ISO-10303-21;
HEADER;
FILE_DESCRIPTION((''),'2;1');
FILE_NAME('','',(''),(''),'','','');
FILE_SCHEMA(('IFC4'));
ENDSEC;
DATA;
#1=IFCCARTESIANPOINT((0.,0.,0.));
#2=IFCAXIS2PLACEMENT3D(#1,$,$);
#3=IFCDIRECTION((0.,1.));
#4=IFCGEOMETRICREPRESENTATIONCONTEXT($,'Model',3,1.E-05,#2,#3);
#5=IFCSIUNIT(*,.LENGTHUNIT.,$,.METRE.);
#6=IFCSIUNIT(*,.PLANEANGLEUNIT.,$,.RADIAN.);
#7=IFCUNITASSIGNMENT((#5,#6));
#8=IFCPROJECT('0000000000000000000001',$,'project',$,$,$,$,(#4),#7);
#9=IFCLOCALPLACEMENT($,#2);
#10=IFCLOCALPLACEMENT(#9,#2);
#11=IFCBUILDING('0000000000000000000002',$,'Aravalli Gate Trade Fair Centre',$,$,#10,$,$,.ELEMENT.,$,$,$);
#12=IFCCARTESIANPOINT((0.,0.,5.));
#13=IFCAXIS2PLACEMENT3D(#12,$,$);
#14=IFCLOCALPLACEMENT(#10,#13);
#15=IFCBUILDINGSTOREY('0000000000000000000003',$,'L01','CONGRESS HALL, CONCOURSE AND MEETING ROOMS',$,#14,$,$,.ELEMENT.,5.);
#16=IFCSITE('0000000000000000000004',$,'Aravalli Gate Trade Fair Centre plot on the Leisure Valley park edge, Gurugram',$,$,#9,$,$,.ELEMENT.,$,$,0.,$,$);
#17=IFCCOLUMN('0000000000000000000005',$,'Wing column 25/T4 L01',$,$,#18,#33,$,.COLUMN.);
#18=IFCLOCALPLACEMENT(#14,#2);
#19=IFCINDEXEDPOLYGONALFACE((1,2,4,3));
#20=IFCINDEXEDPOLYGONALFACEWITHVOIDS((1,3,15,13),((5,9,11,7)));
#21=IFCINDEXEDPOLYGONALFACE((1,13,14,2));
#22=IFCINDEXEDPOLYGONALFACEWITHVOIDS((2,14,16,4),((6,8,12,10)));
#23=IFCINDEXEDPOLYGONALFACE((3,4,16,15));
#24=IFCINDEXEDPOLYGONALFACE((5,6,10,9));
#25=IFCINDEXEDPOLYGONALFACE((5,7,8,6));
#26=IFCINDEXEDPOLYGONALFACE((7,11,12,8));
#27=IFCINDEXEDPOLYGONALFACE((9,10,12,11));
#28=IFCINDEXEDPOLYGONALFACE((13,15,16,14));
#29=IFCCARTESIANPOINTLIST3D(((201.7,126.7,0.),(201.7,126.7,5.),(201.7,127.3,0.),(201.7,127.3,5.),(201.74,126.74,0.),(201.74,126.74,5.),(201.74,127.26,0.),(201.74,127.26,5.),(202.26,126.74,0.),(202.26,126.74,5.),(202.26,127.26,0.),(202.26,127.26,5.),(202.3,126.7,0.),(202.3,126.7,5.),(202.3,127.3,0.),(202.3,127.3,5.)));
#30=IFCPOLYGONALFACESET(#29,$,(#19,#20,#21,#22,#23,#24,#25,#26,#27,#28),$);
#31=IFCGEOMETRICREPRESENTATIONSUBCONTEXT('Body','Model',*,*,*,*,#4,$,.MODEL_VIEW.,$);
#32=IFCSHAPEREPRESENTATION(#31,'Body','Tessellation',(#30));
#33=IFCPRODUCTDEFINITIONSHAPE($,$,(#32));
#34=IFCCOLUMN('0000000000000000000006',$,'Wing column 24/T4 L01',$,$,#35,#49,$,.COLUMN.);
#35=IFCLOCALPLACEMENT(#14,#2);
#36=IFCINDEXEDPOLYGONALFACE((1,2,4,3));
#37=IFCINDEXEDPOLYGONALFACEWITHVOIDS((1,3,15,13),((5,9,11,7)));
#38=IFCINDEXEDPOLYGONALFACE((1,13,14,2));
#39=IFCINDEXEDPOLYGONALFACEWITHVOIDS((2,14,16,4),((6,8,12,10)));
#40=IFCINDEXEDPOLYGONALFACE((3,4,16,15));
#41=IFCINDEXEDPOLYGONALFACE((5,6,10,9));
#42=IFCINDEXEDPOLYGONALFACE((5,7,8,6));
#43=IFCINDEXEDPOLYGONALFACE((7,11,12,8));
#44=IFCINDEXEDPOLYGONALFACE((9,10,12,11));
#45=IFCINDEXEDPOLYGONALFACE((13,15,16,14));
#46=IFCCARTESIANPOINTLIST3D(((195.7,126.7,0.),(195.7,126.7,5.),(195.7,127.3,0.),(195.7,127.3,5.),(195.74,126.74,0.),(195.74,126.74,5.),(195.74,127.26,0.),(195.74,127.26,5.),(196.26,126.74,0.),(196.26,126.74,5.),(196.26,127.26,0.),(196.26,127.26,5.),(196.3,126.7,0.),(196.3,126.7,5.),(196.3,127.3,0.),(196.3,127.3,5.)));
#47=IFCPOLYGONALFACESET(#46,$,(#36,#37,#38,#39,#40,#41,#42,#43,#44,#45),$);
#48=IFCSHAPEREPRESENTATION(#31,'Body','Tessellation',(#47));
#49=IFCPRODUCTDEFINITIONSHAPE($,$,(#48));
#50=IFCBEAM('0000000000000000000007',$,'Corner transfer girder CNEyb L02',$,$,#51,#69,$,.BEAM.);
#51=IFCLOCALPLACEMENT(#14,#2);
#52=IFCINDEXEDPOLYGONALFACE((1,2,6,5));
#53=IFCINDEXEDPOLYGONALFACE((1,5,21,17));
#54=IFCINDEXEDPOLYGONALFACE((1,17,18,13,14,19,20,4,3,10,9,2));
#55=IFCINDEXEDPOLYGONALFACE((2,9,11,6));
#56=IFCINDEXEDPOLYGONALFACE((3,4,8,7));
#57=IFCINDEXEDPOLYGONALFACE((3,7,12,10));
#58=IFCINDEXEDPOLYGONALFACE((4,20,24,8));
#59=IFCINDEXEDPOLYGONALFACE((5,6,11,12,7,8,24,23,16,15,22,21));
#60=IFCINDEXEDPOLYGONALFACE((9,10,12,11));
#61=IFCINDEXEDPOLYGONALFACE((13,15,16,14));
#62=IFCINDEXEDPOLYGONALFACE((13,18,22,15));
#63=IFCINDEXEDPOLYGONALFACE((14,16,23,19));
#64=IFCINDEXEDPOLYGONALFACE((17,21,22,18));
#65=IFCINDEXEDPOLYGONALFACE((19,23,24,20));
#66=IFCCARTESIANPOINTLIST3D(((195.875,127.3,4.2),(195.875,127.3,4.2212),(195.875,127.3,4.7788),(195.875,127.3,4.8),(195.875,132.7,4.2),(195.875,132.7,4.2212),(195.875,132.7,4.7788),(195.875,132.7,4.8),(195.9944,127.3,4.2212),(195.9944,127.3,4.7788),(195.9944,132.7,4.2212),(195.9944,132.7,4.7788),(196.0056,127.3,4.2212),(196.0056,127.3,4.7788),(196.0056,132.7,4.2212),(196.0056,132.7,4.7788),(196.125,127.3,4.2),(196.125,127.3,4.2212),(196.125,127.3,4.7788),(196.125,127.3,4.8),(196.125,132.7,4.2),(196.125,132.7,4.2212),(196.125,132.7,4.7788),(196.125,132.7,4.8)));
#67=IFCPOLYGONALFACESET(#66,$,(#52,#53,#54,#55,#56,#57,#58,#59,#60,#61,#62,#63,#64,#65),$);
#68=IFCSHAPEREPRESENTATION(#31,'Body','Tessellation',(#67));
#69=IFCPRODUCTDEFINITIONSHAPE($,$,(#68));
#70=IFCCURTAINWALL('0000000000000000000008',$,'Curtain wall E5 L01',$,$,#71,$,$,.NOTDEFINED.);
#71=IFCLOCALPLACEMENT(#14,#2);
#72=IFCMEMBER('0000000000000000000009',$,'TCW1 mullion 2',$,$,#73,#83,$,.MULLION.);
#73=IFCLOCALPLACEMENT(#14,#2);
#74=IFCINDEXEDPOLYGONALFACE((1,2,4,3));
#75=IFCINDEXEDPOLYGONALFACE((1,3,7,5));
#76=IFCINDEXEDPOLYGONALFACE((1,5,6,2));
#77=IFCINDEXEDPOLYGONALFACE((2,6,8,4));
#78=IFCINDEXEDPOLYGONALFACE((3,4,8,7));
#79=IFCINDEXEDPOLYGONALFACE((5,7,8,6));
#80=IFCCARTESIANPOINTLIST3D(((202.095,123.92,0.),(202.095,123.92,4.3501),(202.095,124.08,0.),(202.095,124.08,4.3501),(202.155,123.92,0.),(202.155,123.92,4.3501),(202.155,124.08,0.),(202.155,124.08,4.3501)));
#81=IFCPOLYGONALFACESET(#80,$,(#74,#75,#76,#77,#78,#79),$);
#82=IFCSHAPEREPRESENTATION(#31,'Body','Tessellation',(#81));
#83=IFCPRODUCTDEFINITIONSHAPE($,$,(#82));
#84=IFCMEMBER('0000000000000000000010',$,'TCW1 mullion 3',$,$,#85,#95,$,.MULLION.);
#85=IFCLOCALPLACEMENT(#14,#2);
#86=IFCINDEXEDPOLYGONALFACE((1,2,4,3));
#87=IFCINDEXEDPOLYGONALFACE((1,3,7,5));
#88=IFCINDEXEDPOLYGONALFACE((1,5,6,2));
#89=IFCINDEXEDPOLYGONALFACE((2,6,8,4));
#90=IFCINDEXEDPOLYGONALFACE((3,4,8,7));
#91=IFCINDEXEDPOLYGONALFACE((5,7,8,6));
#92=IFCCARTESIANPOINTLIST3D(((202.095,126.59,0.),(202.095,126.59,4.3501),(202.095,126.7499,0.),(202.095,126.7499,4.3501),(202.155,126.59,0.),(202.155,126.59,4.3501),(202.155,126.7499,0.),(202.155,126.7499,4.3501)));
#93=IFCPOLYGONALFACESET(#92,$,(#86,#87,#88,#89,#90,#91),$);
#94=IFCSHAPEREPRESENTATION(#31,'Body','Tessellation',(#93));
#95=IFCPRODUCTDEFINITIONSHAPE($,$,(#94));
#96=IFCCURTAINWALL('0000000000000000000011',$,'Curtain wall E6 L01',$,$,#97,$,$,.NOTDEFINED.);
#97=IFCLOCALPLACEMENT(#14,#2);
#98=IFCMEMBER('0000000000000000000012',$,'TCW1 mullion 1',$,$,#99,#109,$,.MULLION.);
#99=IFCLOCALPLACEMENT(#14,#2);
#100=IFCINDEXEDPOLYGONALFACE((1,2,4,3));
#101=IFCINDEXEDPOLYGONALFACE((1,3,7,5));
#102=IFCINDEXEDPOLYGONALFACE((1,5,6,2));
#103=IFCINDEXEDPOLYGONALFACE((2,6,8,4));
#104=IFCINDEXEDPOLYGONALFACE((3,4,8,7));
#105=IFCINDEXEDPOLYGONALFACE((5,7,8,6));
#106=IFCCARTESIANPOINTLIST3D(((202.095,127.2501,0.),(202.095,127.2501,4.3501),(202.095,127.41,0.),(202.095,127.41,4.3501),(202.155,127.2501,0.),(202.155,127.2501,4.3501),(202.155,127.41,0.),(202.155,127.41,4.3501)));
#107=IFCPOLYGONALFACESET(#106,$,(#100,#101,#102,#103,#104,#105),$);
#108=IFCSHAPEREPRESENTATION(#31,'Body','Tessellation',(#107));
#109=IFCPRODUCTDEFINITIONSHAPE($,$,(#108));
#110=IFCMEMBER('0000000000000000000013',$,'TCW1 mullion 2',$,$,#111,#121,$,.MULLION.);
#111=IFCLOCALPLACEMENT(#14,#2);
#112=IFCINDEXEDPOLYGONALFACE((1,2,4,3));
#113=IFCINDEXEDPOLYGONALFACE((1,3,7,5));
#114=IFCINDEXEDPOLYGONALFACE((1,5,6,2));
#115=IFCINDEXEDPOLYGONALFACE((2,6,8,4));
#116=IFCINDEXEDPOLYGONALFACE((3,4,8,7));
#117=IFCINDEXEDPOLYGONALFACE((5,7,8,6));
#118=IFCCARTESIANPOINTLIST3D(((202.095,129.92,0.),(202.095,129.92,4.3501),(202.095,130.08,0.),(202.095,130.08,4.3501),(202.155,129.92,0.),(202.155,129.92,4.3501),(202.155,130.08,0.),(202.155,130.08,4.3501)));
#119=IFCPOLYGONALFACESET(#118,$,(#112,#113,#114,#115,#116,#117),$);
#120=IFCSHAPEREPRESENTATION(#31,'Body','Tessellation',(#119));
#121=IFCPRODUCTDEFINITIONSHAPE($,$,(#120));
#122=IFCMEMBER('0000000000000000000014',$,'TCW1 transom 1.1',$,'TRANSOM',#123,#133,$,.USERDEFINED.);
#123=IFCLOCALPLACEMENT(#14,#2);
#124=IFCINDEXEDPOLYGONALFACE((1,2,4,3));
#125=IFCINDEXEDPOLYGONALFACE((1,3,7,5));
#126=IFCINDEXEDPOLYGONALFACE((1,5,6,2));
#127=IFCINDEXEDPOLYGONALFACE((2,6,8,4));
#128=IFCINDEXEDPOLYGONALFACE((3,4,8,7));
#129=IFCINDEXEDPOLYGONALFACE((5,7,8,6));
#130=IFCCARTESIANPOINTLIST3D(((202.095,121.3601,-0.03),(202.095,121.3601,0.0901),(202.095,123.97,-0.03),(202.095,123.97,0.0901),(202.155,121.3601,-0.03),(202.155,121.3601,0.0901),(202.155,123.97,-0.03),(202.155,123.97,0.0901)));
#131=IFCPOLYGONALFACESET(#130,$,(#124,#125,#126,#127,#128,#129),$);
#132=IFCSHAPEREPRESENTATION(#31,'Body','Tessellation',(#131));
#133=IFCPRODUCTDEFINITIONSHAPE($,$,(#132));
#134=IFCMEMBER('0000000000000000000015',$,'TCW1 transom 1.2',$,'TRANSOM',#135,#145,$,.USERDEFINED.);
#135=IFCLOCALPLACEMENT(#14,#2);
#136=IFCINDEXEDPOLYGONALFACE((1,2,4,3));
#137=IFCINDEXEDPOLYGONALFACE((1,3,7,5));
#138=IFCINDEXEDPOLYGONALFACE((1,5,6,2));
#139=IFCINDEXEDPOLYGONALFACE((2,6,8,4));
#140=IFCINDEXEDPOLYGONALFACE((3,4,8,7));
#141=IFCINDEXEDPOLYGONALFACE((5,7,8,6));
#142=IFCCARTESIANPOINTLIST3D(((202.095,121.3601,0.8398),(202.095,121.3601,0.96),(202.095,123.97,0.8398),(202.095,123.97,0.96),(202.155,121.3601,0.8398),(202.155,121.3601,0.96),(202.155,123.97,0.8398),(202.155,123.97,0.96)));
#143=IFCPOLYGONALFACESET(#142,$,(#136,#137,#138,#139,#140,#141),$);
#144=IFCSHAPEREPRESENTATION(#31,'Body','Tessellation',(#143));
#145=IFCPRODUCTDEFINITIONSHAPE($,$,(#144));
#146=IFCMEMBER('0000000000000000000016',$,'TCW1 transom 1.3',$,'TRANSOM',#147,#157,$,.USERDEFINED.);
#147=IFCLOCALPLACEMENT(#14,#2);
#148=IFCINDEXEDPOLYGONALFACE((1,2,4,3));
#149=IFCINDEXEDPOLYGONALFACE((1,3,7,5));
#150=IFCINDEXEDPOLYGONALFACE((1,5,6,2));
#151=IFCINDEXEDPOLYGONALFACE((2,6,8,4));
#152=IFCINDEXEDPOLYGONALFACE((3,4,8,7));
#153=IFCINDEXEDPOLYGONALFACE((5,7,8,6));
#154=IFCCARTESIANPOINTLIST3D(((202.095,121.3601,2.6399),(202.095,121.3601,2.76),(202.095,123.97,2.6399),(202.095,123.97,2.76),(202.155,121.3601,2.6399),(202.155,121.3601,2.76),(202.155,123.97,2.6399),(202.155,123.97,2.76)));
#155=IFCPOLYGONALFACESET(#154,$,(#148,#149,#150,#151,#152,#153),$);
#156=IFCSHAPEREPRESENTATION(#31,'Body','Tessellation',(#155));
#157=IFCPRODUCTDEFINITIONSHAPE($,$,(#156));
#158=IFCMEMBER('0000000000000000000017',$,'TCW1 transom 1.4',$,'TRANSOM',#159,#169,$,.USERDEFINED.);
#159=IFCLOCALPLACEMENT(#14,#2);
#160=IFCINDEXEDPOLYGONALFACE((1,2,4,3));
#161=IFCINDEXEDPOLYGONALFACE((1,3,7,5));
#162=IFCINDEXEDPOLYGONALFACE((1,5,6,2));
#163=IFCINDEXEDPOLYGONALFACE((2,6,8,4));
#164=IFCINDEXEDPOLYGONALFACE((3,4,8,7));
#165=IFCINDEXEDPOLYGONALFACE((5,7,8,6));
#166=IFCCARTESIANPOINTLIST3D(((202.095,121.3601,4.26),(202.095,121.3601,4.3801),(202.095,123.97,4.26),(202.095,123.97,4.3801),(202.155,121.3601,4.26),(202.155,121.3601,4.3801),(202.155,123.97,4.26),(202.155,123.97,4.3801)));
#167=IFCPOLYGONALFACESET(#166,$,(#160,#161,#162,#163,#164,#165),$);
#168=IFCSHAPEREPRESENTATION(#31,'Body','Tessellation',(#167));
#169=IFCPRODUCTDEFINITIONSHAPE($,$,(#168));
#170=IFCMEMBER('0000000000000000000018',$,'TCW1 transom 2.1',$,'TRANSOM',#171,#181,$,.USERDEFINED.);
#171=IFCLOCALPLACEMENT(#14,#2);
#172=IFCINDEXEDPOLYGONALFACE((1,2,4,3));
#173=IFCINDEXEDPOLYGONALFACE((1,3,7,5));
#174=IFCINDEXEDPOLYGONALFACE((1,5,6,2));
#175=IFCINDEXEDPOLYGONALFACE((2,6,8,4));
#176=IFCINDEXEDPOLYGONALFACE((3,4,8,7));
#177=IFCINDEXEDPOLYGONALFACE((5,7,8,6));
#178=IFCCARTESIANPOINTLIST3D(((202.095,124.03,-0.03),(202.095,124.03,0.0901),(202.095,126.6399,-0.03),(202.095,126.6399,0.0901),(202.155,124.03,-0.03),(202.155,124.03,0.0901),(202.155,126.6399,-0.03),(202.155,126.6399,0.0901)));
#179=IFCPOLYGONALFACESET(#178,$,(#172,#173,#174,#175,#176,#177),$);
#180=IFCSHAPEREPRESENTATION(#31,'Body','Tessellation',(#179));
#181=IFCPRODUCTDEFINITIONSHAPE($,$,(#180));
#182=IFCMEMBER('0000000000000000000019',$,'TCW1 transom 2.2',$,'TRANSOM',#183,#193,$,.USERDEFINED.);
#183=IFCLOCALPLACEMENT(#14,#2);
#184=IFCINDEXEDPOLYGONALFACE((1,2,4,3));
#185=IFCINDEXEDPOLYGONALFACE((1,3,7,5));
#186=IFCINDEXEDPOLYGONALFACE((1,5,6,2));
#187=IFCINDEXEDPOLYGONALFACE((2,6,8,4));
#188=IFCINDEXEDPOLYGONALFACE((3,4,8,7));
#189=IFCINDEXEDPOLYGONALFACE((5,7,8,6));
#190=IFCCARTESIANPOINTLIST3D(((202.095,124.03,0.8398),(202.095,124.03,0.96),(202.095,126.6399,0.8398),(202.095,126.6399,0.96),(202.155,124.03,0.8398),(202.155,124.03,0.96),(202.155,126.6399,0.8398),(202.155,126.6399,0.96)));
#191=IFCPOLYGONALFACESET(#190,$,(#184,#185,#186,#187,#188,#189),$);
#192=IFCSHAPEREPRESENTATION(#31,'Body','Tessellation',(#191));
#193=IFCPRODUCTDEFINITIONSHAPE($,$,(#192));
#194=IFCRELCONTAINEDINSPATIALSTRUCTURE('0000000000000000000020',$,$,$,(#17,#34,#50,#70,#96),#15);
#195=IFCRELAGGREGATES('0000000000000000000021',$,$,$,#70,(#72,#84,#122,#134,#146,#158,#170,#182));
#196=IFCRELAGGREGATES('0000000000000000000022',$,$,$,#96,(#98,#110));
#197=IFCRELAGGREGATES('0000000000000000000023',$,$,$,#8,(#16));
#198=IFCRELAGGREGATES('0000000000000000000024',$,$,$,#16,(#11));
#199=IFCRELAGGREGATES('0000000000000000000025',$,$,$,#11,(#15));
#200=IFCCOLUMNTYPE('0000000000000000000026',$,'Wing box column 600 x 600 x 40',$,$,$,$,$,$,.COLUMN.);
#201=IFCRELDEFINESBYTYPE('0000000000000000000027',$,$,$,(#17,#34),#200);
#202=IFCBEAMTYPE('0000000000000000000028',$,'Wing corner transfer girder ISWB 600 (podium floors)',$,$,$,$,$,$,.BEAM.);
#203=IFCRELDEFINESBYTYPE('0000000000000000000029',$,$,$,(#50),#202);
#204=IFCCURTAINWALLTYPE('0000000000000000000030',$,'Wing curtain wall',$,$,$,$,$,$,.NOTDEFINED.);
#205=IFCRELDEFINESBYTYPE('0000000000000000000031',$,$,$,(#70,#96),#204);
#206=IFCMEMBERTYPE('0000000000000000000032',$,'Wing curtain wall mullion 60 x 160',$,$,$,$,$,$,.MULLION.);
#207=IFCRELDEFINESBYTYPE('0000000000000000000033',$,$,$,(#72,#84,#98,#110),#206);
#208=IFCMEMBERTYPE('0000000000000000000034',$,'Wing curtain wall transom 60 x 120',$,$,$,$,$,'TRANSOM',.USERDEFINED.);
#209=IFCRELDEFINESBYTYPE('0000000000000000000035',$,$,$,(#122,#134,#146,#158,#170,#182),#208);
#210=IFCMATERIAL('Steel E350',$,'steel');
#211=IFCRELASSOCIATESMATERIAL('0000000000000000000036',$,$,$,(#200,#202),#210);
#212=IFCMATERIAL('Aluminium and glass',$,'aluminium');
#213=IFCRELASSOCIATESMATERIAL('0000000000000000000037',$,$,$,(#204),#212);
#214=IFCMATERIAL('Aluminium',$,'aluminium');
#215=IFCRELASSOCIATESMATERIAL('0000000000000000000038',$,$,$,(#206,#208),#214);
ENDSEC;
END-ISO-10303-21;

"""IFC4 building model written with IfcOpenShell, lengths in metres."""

from ifc_helpers import new_model, si_unit, direction, frame, origin, origin_2d, place, context, subcontext, project, spatial, rectangle, hollow_rectangle, i_section, extrude, material, material_profile, profile_set, type_object, element, aggregate, save


model = new_model("IFC4")

# Units and contexts
model_context = context("Model", 3, precision=1e-05, world=origin(), true_north=direction((0.0, 1.0)))
body_context = subcontext(model_context, "Body", "Model", "MODEL_VIEW")
ifc_project = project(units=[si_unit("LENGTHUNIT", "METRE"), si_unit("PLANEANGLEUNIT", "RADIAN")], contexts=[model_context])

# Site, building, storey
site_placement = place(None, origin())
site = spatial("IfcSite", under=ifc_project, at=site_placement, Name="Aravalli Gate Trade Fair Centre plot on the Leisure Valley park edge, Gurugram", CompositionType="ELEMENT", RefElevation=0.0)
building_placement = place(site_placement, origin())
building = spatial("IfcBuilding", under=site, at=building_placement, Name="Aravalli Gate Trade Fair Centre", CompositionType="ELEMENT")
storey_placement = place(building_placement, frame((0.0, 0.0, 5.0)))
storey = spatial("IfcBuildingStorey", under=building, at=storey_placement, Name="L01", Description="CONGRESS HALL, CONCOURSE AND MEETING ROOMS", CompositionType="ELEMENT", Elevation=5.0)

# Columns
ifc_material_1 = material(Name="Steel E350", Category="steel")
ifc_material_profile_1 = material_profile(ifc_material_1, hollow_rectangle(XDim=0.6001, YDim=0.6001, WallThickness=0.04, at=origin_2d()), Name="BOX 600x600x40")
ifc_profile_set_1 = profile_set([ifc_material_profile_1], Name="Steel E350")
column_type = type_object("IfcColumnType", Name="Wing box column 600 x 600 x 40", PredefinedType="COLUMN", material=ifc_profile_set_1)
for number, where, z_axis, x_axis, name in (
    (1, (202.0, 127.0, 0.0), (0.0, 0.0, 1.0), (1.0, 0.0, 0.0), "Wing column 25/T4 L01"),
    (2, (196.0, 127.0, 0.0), (0.0, 0.0, 1.0), (1.0, 0.0, 0.0), "Wing column 24/T4 L01"),
):
    element("IfcColumn", number, at=place(storey_placement, frame(where, z_axis=z_axis, x_axis=x_axis)), inside=storey, type_object=column_type, Name=name, PredefinedType="COLUMN", context=body_context, shape_type="SweptSolid", body=[
        extrude(hollow_rectangle(XDim=0.6001, YDim=0.6001, WallThickness=0.04, at=origin_2d()), origin(), (0.0, 0.0, 1.0), 5.0),
    ])

# Beam
ifc_material_profile_2 = material_profile(ifc_material_1, i_section(OverallWidth=0.25, OverallDepth=0.6001, WebThickness=0.0112, FlangeThickness=0.0212, at=origin_2d()), Name="ISWB 600")
ifc_profile_set_2 = profile_set([ifc_material_profile_2], Name="Steel E350")
beam_type_1 = type_object("IfcBeamType", Name="Wing corner transfer girder ISWB 600 (podium floors)", PredefinedType="BEAM", material=ifc_profile_set_2)
beam_placement = place(storey_placement, frame((196.0, 127.3, 4.5), z_axis=(0.0, 1.0, 0.0), x_axis=(-1.0, 0.0, 0.0)))
element("IfcBeam", 3, at=beam_placement, inside=storey, type_object=beam_type_1, Name="Corner transfer girder CNEyb L02", PredefinedType="BEAM", context=body_context, shape_type="SweptSolid", body=[
    extrude(i_section(OverallWidth=0.25, OverallDepth=0.6001, WebThickness=0.0112, FlangeThickness=0.0212, at=origin_2d()), origin(), (0.0, 0.0, 1.0), 5.3999),
])

# Curtain walls, members
ifc_material_2 = material(Name="Aluminium and glass", Category="aluminium")
curtain_wall_type = type_object("IfcCurtainWallType", Name="Wing curtain wall", PredefinedType="NOTDEFINED", material=ifc_material_2)
curtain_wall_1_placement = place(storey_placement, origin())
curtain_wall_1 = element("IfcCurtainWall", 4, at=curtain_wall_1_placement, inside=storey, type_object=curtain_wall_type, Name="Curtain wall E5 L01", PredefinedType="NOTDEFINED")
ifc_material_3 = material(Name="Aluminium", Category="aluminium")
ifc_material_profile_3 = material_profile(ifc_material_3, rectangle(XDim=0.0601, YDim=0.1599, at=origin_2d()), Name="Wing curtain wall mullion 60 x 160")
ifc_profile_set_3 = profile_set([ifc_material_profile_3], Name="Aluminium")
member_type_1 = type_object("IfcMemberType", Name="Wing curtain wall mullion 60 x 160", PredefinedType="MULLION", material=ifc_profile_set_3)
member_1_placement = place(storey_placement, frame((202.125, 124.0, 0.0), z_axis=(0.0, 0.0, 1.0), x_axis=(-1.0, 0.0, 0.0)))
member_1 = element("IfcMember", 5, at=member_1_placement, type_object=member_type_1, Name="TCW1 mullion 2", PredefinedType="MULLION", context=body_context, shape_type="SweptSolid", body=[
    extrude(rectangle(XDim=0.0601, YDim=0.1599, at=origin_2d()), origin(), (0.0, 0.0, 1.0), 4.3501),
])
member_2_placement = place(storey_placement, frame((202.125, 126.6699, 0.0), z_axis=(0.0, 0.0, 1.0), x_axis=(-1.0, 0.0, 0.0)))
member_2 = element("IfcMember", 6, at=member_2_placement, type_object=member_type_1, Name="TCW1 mullion 3", PredefinedType="MULLION", context=body_context, shape_type="SweptSolid", body=[
    extrude(rectangle(XDim=0.0601, YDim=0.1599, at=origin_2d()), origin(), (0.0, 0.0, 1.0), 4.3501),
])
curtain_wall_2_placement = place(storey_placement, origin())
curtain_wall_2 = element("IfcCurtainWall", 7, at=curtain_wall_2_placement, inside=storey, type_object=curtain_wall_type, Name="Curtain wall E6 L01", PredefinedType="NOTDEFINED")
member_3_placement = place(storey_placement, frame((202.125, 127.3301, 0.0), z_axis=(0.0, 0.0, 1.0), x_axis=(-1.0, 0.0, 0.0)))
member_3 = element("IfcMember", 8, at=member_3_placement, type_object=member_type_1, Name="TCW1 mullion 1", PredefinedType="MULLION", context=body_context, shape_type="SweptSolid", body=[
    extrude(rectangle(XDim=0.0601, YDim=0.1599, at=origin_2d()), origin(), (0.0, 0.0, 1.0), 4.3501),
])
member_4_placement = place(storey_placement, frame((202.125, 130.0, 0.0), z_axis=(0.0, 0.0, 1.0), x_axis=(-1.0, 0.0, 0.0)))
member_4 = element("IfcMember", 9, at=member_4_placement, type_object=member_type_1, Name="TCW1 mullion 2", PredefinedType="MULLION", context=body_context, shape_type="SweptSolid", body=[
    extrude(rectangle(XDim=0.0601, YDim=0.1599, at=origin_2d()), origin(), (0.0, 0.0, 1.0), 4.3501),
])

# Members
ifc_material_profile_4 = material_profile(ifc_material_3, rectangle(XDim=0.0601, YDim=0.1201, at=origin_2d()), Name="Wing curtain wall transom 60 x 120")
ifc_profile_set_4 = profile_set([ifc_material_profile_4], Name="Aluminium")
member_type_2 = type_object("IfcMemberType", Name="Wing curtain wall transom 60 x 120", ElementType="TRANSOM", PredefinedType="USERDEFINED", material=ifc_profile_set_4)
member_5_placement = place(storey_placement, frame((202.125, 121.3601, 0.03), z_axis=(0.0, 1.0, 0.0), x_axis=(-1.0, 0.0, 0.0)))
member_5 = element("IfcMember", 10, at=member_5_placement, type_object=member_type_2, Name="TCW1 transom 1.1", ObjectType="TRANSOM", PredefinedType="USERDEFINED", context=body_context, shape_type="SweptSolid", body=[
    extrude(rectangle(XDim=0.0601, YDim=0.1201, at=origin_2d()), origin(), (0.0, 0.0, 1.0), 2.6099),
])
member_6_placement = place(storey_placement, frame((202.125, 121.3601, 0.8999), z_axis=(0.0, 1.0, 0.0), x_axis=(-1.0, 0.0, 0.0)))
member_6 = element("IfcMember", 11, at=member_6_placement, type_object=member_type_2, Name="TCW1 transom 1.2", ObjectType="TRANSOM", PredefinedType="USERDEFINED", context=body_context, shape_type="SweptSolid", body=[
    extrude(rectangle(XDim=0.0601, YDim=0.1201, at=origin_2d()), origin(), (0.0, 0.0, 1.0), 2.6099),
])
member_7_placement = place(storey_placement, frame((202.125, 121.3601, 2.7), z_axis=(0.0, 1.0, 0.0), x_axis=(-1.0, 0.0, 0.0)))
member_7 = element("IfcMember", 12, at=member_7_placement, type_object=member_type_2, Name="TCW1 transom 1.3", ObjectType="TRANSOM", PredefinedType="USERDEFINED", context=body_context, shape_type="SweptSolid", body=[
    extrude(rectangle(XDim=0.0601, YDim=0.1201, at=origin_2d()), origin(), (0.0, 0.0, 1.0), 2.6099),
])
member_8_placement = place(storey_placement, frame((202.125, 121.3601, 4.3201), z_axis=(0.0, 1.0, 0.0), x_axis=(-1.0, 0.0, 0.0)))
member_8 = element("IfcMember", 13, at=member_8_placement, type_object=member_type_2, Name="TCW1 transom 1.4", ObjectType="TRANSOM", PredefinedType="USERDEFINED", context=body_context, shape_type="SweptSolid", body=[
    extrude(rectangle(XDim=0.0601, YDim=0.1201, at=origin_2d()), origin(), (0.0, 0.0, 1.0), 2.6099),
])
member_9_placement = place(storey_placement, frame((202.125, 124.03, 0.03), z_axis=(0.0, 1.0, 0.0), x_axis=(-1.0, 0.0, 0.0)))
member_9 = element("IfcMember", 14, at=member_9_placement, type_object=member_type_2, Name="TCW1 transom 2.1", ObjectType="TRANSOM", PredefinedType="USERDEFINED", context=body_context, shape_type="SweptSolid", body=[
    extrude(rectangle(XDim=0.0601, YDim=0.1201, at=origin_2d()), origin(), (0.0, 0.0, 1.0), 2.6099),
])
member_10_placement = place(storey_placement, frame((202.125, 124.03, 0.8999), z_axis=(0.0, 1.0, 0.0), x_axis=(-1.0, 0.0, 0.0)))
member_10 = element("IfcMember", 15, at=member_10_placement, type_object=member_type_2, Name="TCW1 transom 2.2", ObjectType="TRANSOM", PredefinedType="USERDEFINED", context=body_context, shape_type="SweptSolid", body=[
    extrude(rectangle(XDim=0.0601, YDim=0.1201, at=origin_2d()), origin(), (0.0, 0.0, 1.0), 2.6099),
])

aggregate(curtain_wall_1, [member_1, member_2, member_5, member_6, member_7, member_8, member_9, member_10])
aggregate(curtain_wall_2, [member_3, member_4])

save(model, "model.ifc")
